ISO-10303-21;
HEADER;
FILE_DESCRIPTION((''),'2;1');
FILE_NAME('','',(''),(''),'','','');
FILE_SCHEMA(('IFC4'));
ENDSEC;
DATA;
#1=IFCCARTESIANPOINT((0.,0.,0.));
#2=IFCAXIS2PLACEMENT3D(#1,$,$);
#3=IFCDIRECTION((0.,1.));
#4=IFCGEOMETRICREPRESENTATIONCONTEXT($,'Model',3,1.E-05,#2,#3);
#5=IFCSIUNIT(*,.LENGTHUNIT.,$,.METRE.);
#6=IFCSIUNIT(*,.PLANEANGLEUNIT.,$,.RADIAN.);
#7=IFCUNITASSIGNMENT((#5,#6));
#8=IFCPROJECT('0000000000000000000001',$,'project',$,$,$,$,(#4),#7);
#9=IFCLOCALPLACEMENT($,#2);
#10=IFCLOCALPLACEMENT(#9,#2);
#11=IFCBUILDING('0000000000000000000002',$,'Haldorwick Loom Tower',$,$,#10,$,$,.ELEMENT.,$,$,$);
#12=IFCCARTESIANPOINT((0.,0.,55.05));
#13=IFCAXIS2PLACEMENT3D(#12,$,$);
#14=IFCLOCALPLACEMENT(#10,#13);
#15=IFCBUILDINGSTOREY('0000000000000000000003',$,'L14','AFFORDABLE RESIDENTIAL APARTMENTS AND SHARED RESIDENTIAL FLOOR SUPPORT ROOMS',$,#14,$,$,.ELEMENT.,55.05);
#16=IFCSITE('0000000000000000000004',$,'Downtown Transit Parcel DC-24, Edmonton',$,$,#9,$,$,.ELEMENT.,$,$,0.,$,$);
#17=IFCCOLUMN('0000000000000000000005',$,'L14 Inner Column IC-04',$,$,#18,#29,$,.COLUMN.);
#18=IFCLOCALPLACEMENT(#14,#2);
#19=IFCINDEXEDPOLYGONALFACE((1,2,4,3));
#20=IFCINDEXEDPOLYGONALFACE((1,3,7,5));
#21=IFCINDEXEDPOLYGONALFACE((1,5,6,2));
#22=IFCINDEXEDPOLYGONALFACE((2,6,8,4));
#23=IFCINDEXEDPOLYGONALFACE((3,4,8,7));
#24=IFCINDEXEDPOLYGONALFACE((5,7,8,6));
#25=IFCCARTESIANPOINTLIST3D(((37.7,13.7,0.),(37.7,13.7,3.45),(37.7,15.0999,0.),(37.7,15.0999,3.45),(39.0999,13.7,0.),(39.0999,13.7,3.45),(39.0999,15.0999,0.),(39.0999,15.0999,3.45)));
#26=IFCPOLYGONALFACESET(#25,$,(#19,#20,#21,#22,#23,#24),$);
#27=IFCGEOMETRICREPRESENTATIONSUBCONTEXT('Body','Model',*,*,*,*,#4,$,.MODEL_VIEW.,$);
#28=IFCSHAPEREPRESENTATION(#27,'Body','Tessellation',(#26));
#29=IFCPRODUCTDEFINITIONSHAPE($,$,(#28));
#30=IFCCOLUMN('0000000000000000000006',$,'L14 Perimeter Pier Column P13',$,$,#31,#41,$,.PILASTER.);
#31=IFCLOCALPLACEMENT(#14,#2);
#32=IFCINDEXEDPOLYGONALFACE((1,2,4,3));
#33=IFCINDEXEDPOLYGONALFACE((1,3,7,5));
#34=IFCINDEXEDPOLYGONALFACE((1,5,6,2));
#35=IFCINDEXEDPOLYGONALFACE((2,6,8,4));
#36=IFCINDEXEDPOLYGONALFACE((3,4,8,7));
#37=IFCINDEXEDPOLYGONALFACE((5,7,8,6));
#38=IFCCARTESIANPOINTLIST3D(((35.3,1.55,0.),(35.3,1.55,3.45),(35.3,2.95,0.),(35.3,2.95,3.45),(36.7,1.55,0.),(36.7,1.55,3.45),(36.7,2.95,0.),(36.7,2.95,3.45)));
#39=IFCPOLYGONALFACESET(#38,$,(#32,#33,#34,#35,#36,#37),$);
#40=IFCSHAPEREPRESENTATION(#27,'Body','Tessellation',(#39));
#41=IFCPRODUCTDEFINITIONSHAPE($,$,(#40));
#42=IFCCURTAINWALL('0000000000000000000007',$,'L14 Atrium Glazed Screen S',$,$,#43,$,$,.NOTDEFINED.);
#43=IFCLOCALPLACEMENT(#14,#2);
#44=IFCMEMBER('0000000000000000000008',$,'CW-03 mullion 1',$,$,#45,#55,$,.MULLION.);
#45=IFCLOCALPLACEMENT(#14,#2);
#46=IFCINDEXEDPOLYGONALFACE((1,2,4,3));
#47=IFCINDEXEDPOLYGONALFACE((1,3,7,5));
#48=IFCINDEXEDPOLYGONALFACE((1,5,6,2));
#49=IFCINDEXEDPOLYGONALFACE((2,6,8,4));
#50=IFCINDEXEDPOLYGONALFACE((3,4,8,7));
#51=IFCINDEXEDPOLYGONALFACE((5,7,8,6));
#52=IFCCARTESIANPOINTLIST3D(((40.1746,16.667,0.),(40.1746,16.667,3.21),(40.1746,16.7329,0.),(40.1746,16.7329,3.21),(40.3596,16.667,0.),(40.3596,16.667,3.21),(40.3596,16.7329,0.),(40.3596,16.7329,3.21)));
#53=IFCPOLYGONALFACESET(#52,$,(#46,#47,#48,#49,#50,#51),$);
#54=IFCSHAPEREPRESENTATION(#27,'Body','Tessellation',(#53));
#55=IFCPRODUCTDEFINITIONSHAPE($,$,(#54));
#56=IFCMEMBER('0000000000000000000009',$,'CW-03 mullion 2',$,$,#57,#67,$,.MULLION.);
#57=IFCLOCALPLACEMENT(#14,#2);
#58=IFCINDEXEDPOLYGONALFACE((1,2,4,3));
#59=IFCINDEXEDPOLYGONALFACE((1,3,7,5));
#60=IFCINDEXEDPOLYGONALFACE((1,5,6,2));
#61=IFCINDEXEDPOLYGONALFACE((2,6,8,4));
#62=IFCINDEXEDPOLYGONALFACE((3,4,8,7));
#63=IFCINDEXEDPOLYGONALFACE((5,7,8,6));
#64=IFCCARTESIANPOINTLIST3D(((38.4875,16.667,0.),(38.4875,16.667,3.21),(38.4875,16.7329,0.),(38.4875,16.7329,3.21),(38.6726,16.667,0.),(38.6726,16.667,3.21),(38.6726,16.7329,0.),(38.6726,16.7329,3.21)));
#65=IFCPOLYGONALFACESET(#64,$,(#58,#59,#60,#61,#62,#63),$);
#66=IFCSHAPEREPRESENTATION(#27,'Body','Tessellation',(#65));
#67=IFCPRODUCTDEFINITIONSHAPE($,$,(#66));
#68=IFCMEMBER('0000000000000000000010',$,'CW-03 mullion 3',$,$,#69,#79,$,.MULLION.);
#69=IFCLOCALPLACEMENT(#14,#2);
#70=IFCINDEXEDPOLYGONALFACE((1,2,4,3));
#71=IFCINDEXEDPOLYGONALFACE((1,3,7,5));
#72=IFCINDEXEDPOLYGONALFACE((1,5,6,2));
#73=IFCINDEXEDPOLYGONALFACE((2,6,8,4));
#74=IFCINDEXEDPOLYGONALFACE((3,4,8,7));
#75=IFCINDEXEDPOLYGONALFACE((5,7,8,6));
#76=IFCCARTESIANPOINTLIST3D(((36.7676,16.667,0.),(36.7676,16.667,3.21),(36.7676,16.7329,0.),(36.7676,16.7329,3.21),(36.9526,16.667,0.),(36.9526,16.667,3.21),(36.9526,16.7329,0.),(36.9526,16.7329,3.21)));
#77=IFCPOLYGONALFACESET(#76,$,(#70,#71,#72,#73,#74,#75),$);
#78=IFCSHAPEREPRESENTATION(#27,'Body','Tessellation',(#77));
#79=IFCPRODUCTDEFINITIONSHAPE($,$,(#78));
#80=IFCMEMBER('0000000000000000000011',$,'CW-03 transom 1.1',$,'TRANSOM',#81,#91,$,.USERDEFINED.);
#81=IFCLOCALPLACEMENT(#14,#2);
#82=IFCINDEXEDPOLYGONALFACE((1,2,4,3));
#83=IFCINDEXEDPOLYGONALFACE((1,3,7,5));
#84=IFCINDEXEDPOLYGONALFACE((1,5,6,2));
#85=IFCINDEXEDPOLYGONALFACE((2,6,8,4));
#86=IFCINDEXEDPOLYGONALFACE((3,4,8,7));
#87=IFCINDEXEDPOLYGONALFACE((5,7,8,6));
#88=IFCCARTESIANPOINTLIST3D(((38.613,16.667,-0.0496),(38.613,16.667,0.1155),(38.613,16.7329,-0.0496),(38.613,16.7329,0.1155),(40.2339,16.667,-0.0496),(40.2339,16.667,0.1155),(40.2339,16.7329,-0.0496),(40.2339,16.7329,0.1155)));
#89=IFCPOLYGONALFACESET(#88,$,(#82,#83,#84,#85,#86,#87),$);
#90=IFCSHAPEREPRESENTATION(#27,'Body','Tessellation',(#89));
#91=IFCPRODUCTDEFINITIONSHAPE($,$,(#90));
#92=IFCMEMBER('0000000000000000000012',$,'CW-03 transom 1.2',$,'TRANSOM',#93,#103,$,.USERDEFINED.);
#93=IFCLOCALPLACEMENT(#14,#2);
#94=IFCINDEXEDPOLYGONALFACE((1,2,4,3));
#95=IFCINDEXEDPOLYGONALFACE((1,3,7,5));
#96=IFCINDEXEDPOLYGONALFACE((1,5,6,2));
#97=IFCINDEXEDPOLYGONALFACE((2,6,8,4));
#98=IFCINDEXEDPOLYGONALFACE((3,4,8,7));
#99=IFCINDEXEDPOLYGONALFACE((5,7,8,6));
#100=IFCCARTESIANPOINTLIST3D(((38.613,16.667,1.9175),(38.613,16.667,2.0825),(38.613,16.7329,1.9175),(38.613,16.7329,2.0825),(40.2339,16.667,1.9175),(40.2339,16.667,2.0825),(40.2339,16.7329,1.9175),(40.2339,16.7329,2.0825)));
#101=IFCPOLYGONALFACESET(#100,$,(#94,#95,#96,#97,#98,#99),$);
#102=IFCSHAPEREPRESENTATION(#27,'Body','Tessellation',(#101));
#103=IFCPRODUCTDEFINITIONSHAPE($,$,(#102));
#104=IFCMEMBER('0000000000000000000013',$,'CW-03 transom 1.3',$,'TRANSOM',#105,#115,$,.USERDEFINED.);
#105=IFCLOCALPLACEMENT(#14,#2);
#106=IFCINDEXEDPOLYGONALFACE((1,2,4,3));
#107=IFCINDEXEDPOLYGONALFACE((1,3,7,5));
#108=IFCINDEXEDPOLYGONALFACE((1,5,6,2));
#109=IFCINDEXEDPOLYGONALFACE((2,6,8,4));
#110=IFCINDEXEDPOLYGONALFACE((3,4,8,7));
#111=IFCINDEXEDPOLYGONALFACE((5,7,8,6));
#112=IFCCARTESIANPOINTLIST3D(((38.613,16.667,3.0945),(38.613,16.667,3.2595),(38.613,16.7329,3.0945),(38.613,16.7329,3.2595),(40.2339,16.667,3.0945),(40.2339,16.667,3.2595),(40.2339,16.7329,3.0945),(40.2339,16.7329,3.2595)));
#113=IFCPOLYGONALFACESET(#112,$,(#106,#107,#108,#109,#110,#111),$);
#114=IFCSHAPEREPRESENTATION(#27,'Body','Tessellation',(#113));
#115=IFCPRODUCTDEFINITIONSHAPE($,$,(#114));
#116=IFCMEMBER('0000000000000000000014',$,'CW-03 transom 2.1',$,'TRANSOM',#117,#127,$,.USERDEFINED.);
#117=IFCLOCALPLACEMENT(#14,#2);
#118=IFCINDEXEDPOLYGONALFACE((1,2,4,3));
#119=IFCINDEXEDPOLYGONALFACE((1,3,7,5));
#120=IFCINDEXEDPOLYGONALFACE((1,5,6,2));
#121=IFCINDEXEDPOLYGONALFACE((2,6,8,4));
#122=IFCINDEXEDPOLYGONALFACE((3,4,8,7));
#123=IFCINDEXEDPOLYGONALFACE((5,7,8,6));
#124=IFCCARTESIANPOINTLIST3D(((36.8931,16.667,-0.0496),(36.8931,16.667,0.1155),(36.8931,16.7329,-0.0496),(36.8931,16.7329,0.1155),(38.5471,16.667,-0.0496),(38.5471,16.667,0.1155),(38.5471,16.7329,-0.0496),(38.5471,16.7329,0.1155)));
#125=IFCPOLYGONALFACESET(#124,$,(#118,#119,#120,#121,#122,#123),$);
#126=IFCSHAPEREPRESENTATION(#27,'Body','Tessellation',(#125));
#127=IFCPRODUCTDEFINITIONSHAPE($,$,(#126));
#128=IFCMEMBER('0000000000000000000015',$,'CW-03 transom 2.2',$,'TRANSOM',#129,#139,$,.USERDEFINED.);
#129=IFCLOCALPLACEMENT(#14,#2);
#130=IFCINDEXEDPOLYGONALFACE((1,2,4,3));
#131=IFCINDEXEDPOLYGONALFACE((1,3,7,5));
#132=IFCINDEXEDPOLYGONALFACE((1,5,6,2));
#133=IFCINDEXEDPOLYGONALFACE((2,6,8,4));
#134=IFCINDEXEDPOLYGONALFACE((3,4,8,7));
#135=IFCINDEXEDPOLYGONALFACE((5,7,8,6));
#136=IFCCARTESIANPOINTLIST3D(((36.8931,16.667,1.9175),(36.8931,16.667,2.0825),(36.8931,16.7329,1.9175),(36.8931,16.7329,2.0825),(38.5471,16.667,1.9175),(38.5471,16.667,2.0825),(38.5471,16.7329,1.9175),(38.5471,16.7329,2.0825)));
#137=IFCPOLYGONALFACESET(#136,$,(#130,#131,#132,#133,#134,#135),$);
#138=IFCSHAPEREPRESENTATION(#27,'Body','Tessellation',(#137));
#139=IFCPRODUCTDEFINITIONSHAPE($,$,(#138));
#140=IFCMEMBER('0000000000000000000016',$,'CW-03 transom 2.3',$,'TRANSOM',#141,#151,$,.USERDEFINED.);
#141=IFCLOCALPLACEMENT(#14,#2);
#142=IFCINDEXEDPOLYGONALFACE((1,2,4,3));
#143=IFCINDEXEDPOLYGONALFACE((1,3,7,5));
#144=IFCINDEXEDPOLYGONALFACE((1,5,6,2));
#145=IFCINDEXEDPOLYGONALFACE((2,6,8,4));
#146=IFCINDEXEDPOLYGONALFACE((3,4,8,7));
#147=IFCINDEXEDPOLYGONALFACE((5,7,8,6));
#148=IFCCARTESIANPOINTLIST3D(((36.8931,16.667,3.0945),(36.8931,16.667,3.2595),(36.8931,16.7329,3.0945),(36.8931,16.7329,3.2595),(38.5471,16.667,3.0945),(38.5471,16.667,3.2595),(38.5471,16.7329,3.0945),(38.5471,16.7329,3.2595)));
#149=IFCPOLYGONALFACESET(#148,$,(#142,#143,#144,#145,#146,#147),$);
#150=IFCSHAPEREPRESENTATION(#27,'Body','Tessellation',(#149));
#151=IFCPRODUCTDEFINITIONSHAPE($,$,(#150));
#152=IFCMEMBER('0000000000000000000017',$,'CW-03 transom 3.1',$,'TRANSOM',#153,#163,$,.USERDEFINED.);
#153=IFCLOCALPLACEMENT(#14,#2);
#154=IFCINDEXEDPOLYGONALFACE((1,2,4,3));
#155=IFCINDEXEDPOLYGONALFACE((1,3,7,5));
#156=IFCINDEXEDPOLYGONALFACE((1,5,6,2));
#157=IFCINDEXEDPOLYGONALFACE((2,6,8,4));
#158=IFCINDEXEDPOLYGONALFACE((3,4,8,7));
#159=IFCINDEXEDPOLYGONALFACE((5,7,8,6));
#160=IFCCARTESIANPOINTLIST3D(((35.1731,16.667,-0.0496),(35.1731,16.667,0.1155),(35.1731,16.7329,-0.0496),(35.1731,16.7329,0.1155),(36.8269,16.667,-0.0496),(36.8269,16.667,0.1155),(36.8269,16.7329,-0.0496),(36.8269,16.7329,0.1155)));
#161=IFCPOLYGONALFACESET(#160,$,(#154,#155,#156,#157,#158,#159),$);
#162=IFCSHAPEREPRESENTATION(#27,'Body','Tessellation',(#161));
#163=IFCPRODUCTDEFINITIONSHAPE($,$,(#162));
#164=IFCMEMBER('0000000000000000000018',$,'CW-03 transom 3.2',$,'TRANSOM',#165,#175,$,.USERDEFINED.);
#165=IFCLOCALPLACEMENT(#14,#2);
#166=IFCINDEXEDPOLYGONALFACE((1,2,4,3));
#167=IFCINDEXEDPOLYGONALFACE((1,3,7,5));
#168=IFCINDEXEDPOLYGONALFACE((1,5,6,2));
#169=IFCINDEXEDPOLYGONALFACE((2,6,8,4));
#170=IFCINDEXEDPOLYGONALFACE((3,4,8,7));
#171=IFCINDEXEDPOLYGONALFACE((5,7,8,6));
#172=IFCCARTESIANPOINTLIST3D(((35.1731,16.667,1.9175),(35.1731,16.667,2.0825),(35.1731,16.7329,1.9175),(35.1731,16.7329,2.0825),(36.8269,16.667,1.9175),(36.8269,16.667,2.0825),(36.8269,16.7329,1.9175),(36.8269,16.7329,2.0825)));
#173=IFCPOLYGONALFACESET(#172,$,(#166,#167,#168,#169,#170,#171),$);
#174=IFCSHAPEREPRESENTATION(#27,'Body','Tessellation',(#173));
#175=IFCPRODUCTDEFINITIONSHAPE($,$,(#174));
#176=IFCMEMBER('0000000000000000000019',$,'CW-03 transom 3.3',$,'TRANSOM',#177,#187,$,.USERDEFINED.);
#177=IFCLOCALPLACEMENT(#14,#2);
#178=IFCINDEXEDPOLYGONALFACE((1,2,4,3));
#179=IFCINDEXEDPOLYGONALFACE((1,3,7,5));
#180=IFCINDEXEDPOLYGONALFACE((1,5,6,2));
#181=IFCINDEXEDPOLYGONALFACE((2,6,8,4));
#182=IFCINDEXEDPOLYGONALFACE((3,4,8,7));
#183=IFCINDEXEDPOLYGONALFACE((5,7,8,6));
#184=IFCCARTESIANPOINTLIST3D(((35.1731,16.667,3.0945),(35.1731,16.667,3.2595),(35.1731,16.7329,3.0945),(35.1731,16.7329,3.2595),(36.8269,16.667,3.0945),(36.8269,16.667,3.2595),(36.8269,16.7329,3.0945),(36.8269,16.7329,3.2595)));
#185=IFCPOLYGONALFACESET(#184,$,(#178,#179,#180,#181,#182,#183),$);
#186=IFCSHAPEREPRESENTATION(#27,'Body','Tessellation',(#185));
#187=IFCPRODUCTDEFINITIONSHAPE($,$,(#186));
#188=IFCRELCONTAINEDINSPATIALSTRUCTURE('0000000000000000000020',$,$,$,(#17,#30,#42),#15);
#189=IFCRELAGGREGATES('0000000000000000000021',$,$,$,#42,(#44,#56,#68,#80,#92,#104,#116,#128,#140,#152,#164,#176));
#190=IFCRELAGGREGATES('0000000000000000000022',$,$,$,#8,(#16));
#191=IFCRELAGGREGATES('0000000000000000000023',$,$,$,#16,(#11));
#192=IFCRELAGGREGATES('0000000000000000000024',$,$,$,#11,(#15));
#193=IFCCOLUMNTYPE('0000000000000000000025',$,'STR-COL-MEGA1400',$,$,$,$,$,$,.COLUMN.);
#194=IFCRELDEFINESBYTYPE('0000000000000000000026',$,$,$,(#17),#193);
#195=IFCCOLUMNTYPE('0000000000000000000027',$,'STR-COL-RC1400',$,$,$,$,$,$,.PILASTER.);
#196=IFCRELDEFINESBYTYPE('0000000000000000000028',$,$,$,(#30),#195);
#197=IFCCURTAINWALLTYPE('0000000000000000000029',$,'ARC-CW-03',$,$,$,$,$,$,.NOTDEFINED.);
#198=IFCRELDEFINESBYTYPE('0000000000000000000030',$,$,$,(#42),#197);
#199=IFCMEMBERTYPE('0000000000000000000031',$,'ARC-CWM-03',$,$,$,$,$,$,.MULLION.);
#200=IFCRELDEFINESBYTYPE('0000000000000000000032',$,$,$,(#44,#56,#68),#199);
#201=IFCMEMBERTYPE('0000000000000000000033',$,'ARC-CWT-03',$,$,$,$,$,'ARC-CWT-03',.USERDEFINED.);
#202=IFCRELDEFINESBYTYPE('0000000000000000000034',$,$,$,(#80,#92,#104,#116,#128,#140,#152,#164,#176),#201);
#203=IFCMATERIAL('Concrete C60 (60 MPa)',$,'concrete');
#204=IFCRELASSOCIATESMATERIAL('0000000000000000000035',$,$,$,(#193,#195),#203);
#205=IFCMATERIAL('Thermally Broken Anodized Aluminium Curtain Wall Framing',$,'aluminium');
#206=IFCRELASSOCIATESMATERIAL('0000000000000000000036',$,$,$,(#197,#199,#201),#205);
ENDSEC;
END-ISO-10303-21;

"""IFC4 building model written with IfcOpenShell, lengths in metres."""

from ifc_helpers import new_model, si_unit, direction, frame, origin, origin_2d, place, context, subcontext, project, spatial, rectangle, extrude, material, material_profile, profile_set, type_object, element, aggregate, save


model = new_model("IFC4")

# Units and contexts
model_context = context("Model", 3, precision=1e-05, world=origin(), true_north=direction((0.0, 1.0)))
body_context = subcontext(model_context, "Body", "Model", "MODEL_VIEW")
ifc_project = project(units=[si_unit("LENGTHUNIT", "METRE"), si_unit("PLANEANGLEUNIT", "RADIAN")], contexts=[model_context])

# Site, building, storey
site_placement = place(None, origin())
site = spatial("IfcSite", under=ifc_project, at=site_placement, Name="Downtown Transit Parcel DC-24, Edmonton", CompositionType="ELEMENT", RefElevation=0.0)
building_placement = place(site_placement, origin())
building = spatial("IfcBuilding", under=site, at=building_placement, Name="Haldorwick Loom Tower", CompositionType="ELEMENT")
storey_placement = place(building_placement, frame((0.0, 0.0, 55.05)))
storey = spatial("IfcBuildingStorey", under=building, at=storey_placement, Name="L14", Description="AFFORDABLE RESIDENTIAL APARTMENTS AND SHARED RESIDENTIAL FLOOR SUPPORT ROOMS", CompositionType="ELEMENT", Elevation=55.05)

# Columns
ifc_material_1 = material(Name="Concrete C60 (60 MPa)", Category="concrete")
ifc_material_profile_1 = material_profile(ifc_material_1, rectangle(XDim=1.3999, YDim=1.3999, at=origin_2d()), Name="RC1400X1400", Category="concrete")
ifc_profile_set_1 = profile_set([ifc_material_profile_1], Name="Concrete C60 (60 MPa)")
column_type_1 = type_object("IfcColumnType", Name="STR-COL-MEGA1400", PredefinedType="COLUMN", material=ifc_profile_set_1)
column_1_placement = place(storey_placement, frame((38.3999, 14.3999, 0.0), z_axis=(0.0, 0.0, 1.0), x_axis=(1.0, 0.0, 0.0)))
element("IfcColumn", 1, at=column_1_placement, inside=storey, type_object=column_type_1, Name="L14 Inner Column IC-04", PredefinedType="COLUMN", context=body_context, shape_type="SweptSolid", body=[
    extrude(rectangle(XDim=1.3999, YDim=1.3999, at=origin_2d()), origin(), (0.0, 0.0, 1.0), 3.45),
])
ifc_material_profile_2 = material_profile(ifc_material_1, rectangle(XDim=1.3999, YDim=1.3999, at=origin_2d()), Name="RC1400X1400", Category="concrete")
ifc_profile_set_2 = profile_set([ifc_material_profile_2], Name="Concrete C60 (60 MPa)")
column_type_2 = type_object("IfcColumnType", Name="STR-COL-RC1400", PredefinedType="PILASTER", material=ifc_profile_set_2)
column_2_placement = place(storey_placement, frame((36.0, 2.25, 0.0), z_axis=(0.0, 0.0, 1.0), x_axis=(0.0, -1.0, 0.0)))
element("IfcColumn", 2, at=column_2_placement, inside=storey, type_object=column_type_2, Name="L14 Perimeter Pier Column P13", PredefinedType="PILASTER", context=body_context, shape_type="SweptSolid", body=[
    extrude(rectangle(XDim=1.3999, YDim=1.3999, at=origin_2d()), origin(), (0.0, 0.0, 1.0), 3.45),
])

# Curtain wall, members
ifc_material_2 = material(Name="Thermally Broken Anodized Aluminium Curtain Wall Framing", Category="aluminium")
curtain_wall_type = type_object("IfcCurtainWallType", Name="ARC-CW-03", PredefinedType="NOTDEFINED", material=ifc_material_2)
curtain_wall_placement = place(storey_placement, origin())
curtain_wall = element("IfcCurtainWall", 3, at=curtain_wall_placement, inside=storey, type_object=curtain_wall_type, Name="L14 Atrium Glazed Screen S", PredefinedType="NOTDEFINED")
ifc_material_profile_3 = material_profile(ifc_material_2, rectangle(XDim=0.0659, YDim=0.1851, at=origin_2d()), Name="ALU_MUL_66X185", Category="aluminium")
ifc_profile_set_3 = profile_set([ifc_material_profile_3], Name="Thermally Broken Anodized Aluminium Curtain Wall Framing")
member_type_1 = type_object("IfcMemberType", Name="ARC-CWM-03", PredefinedType="MULLION", material=ifc_profile_set_3)
member_1_placement = place(storey_placement, frame((40.2671, 16.7, 0.0), z_axis=(0.0, 0.0, 1.0), x_axis=(0.0, -1.0, 0.0)))
member_1 = element("IfcMember", 4, at=member_1_placement, type_object=member_type_1, Name="CW-03 mullion 1", PredefinedType="MULLION", context=body_context, shape_type="SweptSolid", body=[
    extrude(rectangle(XDim=0.0659, YDim=0.1851, at=origin_2d()), origin(), (0.0, 0.0, 1.0), 3.21),
])
member_2_placement = place(storey_placement, frame((38.5801, 16.7, 0.0), z_axis=(0.0, 0.0, 1.0), x_axis=(0.0, -1.0, 0.0)))
member_2 = element("IfcMember", 5, at=member_2_placement, type_object=member_type_1, Name="CW-03 mullion 2", PredefinedType="MULLION", context=body_context, shape_type="SweptSolid", body=[
    extrude(rectangle(XDim=0.0659, YDim=0.1851, at=origin_2d()), origin(), (0.0, 0.0, 1.0), 3.21),
])
member_3_placement = place(storey_placement, frame((36.8601, 16.7, 0.0), z_axis=(0.0, 0.0, 1.0), x_axis=(0.0, -1.0, 0.0)))
member_3 = element("IfcMember", 6, at=member_3_placement, type_object=member_type_1, Name="CW-03 mullion 3", PredefinedType="MULLION", context=body_context, shape_type="SweptSolid", body=[
    extrude(rectangle(XDim=0.0659, YDim=0.1851, at=origin_2d()), origin(), (0.0, 0.0, 1.0), 3.21),
])
ifc_material_profile_4 = material_profile(ifc_material_2, rectangle(XDim=0.0659, YDim=0.165, at=origin_2d()), Name="ALU_TRN_66X165", Category="aluminium")
ifc_profile_set_4 = profile_set([ifc_material_profile_4], Name="Thermally Broken Anodized Aluminium Curtain Wall Framing")
member_type_2 = type_object("IfcMemberType", Name="ARC-CWT-03", ElementType="ARC-CWT-03", PredefinedType="USERDEFINED", material=ifc_profile_set_4)
member_4_placement = place(storey_placement, frame((40.2339, 16.7, 0.033), z_axis=(-1.0, 0.0, 0.0), x_axis=(0.0, -1.0, 0.0)))
member_4 = element("IfcMember", 7, at=member_4_placement, type_object=member_type_2, Name="CW-03 transom 1.1", ObjectType="TRANSOM", PredefinedType="USERDEFINED", context=body_context, shape_type="SweptSolid", body=[
    extrude(rectangle(XDim=0.0659, YDim=0.165, at=origin_2d()), origin(), (0.0, 0.0, 1.0), 1.6208),
])
member_5_placement = place(storey_placement, frame((40.2339, 16.7, 2.0), z_axis=(-1.0, 0.0, 0.0), x_axis=(0.0, -1.0, 0.0)))
member_5 = element("IfcMember", 8, at=member_5_placement, type_object=member_type_2, Name="CW-03 transom 1.2", ObjectType="TRANSOM", PredefinedType="USERDEFINED", context=body_context, shape_type="SweptSolid", body=[
    extrude(rectangle(XDim=0.0659, YDim=0.165, at=origin_2d()), origin(), (0.0, 0.0, 1.0), 1.6208),
])
member_6_placement = place(storey_placement, frame((40.2339, 16.7, 3.177), z_axis=(-1.0, 0.0, 0.0), x_axis=(0.0, -1.0, 0.0)))
member_6 = element("IfcMember", 9, at=member_6_placement, type_object=member_type_2, Name="CW-03 transom 1.3", ObjectType="TRANSOM", PredefinedType="USERDEFINED", context=body_context, shape_type="SweptSolid", body=[
    extrude(rectangle(XDim=0.0659, YDim=0.165, at=origin_2d()), origin(), (0.0, 0.0, 1.0), 1.6208),
])
member_7_placement = place(storey_placement, frame((38.5471, 16.7, 0.033), z_axis=(-1.0, 0.0, 0.0), x_axis=(0.0, -1.0, 0.0)))
member_7 = element("IfcMember", 10, at=member_7_placement, type_object=member_type_2, Name="CW-03 transom 2.1", ObjectType="TRANSOM", PredefinedType="USERDEFINED", context=body_context, shape_type="SweptSolid", body=[
    extrude(rectangle(XDim=0.0659, YDim=0.165, at=origin_2d()), origin(), (0.0, 0.0, 1.0), 1.6541),
])
member_8_placement = place(storey_placement, frame((38.5471, 16.7, 2.0), z_axis=(-1.0, 0.0, 0.0), x_axis=(0.0, -1.0, 0.0)))
member_8 = element("IfcMember", 11, at=member_8_placement, type_object=member_type_2, Name="CW-03 transom 2.2", ObjectType="TRANSOM", PredefinedType="USERDEFINED", context=body_context, shape_type="SweptSolid", body=[
    extrude(rectangle(XDim=0.0659, YDim=0.165, at=origin_2d()), origin(), (0.0, 0.0, 1.0), 1.6541),
])
member_9_placement = place(storey_placement, frame((38.5471, 16.7, 3.177), z_axis=(-1.0, 0.0, 0.0), x_axis=(0.0, -1.0, 0.0)))
member_9 = element("IfcMember", 12, at=member_9_placement, type_object=member_type_2, Name="CW-03 transom 2.3", ObjectType="TRANSOM", PredefinedType="USERDEFINED", context=body_context, shape_type="SweptSolid", body=[
    extrude(rectangle(XDim=0.0659, YDim=0.165, at=origin_2d()), origin(), (0.0, 0.0, 1.0), 1.6541),
])
member_10_placement = place(storey_placement, frame((36.8269, 16.7, 0.033), z_axis=(-1.0, 0.0, 0.0), x_axis=(0.0, -1.0, 0.0)))
member_10 = element("IfcMember", 13, at=member_10_placement, type_object=member_type_2, Name="CW-03 transom 3.1", ObjectType="TRANSOM", PredefinedType="USERDEFINED", context=body_context, shape_type="SweptSolid", body=[
    extrude(rectangle(XDim=0.0659, YDim=0.165, at=origin_2d()), origin(), (0.0, 0.0, 1.0), 1.6538),
])
member_11_placement = place(storey_placement, frame((36.8269, 16.7, 2.0), z_axis=(-1.0, 0.0, 0.0), x_axis=(0.0, -1.0, 0.0)))
member_11 = element("IfcMember", 14, at=member_11_placement, type_object=member_type_2, Name="CW-03 transom 3.2", ObjectType="TRANSOM", PredefinedType="USERDEFINED", context=body_context, shape_type="SweptSolid", body=[
    extrude(rectangle(XDim=0.0659, YDim=0.165, at=origin_2d()), origin(), (0.0, 0.0, 1.0), 1.6538),
])
member_12_placement = place(storey_placement, frame((36.8269, 16.7, 3.177), z_axis=(-1.0, 0.0, 0.0), x_axis=(0.0, -1.0, 0.0)))
member_12 = element("IfcMember", 15, at=member_12_placement, type_object=member_type_2, Name="CW-03 transom 3.3", ObjectType="TRANSOM", PredefinedType="USERDEFINED", context=body_context, shape_type="SweptSolid", body=[
    extrude(rectangle(XDim=0.0659, YDim=0.165, at=origin_2d()), origin(), (0.0, 0.0, 1.0), 1.6538),
])

aggregate(curtain_wall, [member_1, member_2, member_3, member_4, member_5, member_6, member_7, member_8, member_9, member_10, member_11, member_12])

save(model, "model.ifc")
